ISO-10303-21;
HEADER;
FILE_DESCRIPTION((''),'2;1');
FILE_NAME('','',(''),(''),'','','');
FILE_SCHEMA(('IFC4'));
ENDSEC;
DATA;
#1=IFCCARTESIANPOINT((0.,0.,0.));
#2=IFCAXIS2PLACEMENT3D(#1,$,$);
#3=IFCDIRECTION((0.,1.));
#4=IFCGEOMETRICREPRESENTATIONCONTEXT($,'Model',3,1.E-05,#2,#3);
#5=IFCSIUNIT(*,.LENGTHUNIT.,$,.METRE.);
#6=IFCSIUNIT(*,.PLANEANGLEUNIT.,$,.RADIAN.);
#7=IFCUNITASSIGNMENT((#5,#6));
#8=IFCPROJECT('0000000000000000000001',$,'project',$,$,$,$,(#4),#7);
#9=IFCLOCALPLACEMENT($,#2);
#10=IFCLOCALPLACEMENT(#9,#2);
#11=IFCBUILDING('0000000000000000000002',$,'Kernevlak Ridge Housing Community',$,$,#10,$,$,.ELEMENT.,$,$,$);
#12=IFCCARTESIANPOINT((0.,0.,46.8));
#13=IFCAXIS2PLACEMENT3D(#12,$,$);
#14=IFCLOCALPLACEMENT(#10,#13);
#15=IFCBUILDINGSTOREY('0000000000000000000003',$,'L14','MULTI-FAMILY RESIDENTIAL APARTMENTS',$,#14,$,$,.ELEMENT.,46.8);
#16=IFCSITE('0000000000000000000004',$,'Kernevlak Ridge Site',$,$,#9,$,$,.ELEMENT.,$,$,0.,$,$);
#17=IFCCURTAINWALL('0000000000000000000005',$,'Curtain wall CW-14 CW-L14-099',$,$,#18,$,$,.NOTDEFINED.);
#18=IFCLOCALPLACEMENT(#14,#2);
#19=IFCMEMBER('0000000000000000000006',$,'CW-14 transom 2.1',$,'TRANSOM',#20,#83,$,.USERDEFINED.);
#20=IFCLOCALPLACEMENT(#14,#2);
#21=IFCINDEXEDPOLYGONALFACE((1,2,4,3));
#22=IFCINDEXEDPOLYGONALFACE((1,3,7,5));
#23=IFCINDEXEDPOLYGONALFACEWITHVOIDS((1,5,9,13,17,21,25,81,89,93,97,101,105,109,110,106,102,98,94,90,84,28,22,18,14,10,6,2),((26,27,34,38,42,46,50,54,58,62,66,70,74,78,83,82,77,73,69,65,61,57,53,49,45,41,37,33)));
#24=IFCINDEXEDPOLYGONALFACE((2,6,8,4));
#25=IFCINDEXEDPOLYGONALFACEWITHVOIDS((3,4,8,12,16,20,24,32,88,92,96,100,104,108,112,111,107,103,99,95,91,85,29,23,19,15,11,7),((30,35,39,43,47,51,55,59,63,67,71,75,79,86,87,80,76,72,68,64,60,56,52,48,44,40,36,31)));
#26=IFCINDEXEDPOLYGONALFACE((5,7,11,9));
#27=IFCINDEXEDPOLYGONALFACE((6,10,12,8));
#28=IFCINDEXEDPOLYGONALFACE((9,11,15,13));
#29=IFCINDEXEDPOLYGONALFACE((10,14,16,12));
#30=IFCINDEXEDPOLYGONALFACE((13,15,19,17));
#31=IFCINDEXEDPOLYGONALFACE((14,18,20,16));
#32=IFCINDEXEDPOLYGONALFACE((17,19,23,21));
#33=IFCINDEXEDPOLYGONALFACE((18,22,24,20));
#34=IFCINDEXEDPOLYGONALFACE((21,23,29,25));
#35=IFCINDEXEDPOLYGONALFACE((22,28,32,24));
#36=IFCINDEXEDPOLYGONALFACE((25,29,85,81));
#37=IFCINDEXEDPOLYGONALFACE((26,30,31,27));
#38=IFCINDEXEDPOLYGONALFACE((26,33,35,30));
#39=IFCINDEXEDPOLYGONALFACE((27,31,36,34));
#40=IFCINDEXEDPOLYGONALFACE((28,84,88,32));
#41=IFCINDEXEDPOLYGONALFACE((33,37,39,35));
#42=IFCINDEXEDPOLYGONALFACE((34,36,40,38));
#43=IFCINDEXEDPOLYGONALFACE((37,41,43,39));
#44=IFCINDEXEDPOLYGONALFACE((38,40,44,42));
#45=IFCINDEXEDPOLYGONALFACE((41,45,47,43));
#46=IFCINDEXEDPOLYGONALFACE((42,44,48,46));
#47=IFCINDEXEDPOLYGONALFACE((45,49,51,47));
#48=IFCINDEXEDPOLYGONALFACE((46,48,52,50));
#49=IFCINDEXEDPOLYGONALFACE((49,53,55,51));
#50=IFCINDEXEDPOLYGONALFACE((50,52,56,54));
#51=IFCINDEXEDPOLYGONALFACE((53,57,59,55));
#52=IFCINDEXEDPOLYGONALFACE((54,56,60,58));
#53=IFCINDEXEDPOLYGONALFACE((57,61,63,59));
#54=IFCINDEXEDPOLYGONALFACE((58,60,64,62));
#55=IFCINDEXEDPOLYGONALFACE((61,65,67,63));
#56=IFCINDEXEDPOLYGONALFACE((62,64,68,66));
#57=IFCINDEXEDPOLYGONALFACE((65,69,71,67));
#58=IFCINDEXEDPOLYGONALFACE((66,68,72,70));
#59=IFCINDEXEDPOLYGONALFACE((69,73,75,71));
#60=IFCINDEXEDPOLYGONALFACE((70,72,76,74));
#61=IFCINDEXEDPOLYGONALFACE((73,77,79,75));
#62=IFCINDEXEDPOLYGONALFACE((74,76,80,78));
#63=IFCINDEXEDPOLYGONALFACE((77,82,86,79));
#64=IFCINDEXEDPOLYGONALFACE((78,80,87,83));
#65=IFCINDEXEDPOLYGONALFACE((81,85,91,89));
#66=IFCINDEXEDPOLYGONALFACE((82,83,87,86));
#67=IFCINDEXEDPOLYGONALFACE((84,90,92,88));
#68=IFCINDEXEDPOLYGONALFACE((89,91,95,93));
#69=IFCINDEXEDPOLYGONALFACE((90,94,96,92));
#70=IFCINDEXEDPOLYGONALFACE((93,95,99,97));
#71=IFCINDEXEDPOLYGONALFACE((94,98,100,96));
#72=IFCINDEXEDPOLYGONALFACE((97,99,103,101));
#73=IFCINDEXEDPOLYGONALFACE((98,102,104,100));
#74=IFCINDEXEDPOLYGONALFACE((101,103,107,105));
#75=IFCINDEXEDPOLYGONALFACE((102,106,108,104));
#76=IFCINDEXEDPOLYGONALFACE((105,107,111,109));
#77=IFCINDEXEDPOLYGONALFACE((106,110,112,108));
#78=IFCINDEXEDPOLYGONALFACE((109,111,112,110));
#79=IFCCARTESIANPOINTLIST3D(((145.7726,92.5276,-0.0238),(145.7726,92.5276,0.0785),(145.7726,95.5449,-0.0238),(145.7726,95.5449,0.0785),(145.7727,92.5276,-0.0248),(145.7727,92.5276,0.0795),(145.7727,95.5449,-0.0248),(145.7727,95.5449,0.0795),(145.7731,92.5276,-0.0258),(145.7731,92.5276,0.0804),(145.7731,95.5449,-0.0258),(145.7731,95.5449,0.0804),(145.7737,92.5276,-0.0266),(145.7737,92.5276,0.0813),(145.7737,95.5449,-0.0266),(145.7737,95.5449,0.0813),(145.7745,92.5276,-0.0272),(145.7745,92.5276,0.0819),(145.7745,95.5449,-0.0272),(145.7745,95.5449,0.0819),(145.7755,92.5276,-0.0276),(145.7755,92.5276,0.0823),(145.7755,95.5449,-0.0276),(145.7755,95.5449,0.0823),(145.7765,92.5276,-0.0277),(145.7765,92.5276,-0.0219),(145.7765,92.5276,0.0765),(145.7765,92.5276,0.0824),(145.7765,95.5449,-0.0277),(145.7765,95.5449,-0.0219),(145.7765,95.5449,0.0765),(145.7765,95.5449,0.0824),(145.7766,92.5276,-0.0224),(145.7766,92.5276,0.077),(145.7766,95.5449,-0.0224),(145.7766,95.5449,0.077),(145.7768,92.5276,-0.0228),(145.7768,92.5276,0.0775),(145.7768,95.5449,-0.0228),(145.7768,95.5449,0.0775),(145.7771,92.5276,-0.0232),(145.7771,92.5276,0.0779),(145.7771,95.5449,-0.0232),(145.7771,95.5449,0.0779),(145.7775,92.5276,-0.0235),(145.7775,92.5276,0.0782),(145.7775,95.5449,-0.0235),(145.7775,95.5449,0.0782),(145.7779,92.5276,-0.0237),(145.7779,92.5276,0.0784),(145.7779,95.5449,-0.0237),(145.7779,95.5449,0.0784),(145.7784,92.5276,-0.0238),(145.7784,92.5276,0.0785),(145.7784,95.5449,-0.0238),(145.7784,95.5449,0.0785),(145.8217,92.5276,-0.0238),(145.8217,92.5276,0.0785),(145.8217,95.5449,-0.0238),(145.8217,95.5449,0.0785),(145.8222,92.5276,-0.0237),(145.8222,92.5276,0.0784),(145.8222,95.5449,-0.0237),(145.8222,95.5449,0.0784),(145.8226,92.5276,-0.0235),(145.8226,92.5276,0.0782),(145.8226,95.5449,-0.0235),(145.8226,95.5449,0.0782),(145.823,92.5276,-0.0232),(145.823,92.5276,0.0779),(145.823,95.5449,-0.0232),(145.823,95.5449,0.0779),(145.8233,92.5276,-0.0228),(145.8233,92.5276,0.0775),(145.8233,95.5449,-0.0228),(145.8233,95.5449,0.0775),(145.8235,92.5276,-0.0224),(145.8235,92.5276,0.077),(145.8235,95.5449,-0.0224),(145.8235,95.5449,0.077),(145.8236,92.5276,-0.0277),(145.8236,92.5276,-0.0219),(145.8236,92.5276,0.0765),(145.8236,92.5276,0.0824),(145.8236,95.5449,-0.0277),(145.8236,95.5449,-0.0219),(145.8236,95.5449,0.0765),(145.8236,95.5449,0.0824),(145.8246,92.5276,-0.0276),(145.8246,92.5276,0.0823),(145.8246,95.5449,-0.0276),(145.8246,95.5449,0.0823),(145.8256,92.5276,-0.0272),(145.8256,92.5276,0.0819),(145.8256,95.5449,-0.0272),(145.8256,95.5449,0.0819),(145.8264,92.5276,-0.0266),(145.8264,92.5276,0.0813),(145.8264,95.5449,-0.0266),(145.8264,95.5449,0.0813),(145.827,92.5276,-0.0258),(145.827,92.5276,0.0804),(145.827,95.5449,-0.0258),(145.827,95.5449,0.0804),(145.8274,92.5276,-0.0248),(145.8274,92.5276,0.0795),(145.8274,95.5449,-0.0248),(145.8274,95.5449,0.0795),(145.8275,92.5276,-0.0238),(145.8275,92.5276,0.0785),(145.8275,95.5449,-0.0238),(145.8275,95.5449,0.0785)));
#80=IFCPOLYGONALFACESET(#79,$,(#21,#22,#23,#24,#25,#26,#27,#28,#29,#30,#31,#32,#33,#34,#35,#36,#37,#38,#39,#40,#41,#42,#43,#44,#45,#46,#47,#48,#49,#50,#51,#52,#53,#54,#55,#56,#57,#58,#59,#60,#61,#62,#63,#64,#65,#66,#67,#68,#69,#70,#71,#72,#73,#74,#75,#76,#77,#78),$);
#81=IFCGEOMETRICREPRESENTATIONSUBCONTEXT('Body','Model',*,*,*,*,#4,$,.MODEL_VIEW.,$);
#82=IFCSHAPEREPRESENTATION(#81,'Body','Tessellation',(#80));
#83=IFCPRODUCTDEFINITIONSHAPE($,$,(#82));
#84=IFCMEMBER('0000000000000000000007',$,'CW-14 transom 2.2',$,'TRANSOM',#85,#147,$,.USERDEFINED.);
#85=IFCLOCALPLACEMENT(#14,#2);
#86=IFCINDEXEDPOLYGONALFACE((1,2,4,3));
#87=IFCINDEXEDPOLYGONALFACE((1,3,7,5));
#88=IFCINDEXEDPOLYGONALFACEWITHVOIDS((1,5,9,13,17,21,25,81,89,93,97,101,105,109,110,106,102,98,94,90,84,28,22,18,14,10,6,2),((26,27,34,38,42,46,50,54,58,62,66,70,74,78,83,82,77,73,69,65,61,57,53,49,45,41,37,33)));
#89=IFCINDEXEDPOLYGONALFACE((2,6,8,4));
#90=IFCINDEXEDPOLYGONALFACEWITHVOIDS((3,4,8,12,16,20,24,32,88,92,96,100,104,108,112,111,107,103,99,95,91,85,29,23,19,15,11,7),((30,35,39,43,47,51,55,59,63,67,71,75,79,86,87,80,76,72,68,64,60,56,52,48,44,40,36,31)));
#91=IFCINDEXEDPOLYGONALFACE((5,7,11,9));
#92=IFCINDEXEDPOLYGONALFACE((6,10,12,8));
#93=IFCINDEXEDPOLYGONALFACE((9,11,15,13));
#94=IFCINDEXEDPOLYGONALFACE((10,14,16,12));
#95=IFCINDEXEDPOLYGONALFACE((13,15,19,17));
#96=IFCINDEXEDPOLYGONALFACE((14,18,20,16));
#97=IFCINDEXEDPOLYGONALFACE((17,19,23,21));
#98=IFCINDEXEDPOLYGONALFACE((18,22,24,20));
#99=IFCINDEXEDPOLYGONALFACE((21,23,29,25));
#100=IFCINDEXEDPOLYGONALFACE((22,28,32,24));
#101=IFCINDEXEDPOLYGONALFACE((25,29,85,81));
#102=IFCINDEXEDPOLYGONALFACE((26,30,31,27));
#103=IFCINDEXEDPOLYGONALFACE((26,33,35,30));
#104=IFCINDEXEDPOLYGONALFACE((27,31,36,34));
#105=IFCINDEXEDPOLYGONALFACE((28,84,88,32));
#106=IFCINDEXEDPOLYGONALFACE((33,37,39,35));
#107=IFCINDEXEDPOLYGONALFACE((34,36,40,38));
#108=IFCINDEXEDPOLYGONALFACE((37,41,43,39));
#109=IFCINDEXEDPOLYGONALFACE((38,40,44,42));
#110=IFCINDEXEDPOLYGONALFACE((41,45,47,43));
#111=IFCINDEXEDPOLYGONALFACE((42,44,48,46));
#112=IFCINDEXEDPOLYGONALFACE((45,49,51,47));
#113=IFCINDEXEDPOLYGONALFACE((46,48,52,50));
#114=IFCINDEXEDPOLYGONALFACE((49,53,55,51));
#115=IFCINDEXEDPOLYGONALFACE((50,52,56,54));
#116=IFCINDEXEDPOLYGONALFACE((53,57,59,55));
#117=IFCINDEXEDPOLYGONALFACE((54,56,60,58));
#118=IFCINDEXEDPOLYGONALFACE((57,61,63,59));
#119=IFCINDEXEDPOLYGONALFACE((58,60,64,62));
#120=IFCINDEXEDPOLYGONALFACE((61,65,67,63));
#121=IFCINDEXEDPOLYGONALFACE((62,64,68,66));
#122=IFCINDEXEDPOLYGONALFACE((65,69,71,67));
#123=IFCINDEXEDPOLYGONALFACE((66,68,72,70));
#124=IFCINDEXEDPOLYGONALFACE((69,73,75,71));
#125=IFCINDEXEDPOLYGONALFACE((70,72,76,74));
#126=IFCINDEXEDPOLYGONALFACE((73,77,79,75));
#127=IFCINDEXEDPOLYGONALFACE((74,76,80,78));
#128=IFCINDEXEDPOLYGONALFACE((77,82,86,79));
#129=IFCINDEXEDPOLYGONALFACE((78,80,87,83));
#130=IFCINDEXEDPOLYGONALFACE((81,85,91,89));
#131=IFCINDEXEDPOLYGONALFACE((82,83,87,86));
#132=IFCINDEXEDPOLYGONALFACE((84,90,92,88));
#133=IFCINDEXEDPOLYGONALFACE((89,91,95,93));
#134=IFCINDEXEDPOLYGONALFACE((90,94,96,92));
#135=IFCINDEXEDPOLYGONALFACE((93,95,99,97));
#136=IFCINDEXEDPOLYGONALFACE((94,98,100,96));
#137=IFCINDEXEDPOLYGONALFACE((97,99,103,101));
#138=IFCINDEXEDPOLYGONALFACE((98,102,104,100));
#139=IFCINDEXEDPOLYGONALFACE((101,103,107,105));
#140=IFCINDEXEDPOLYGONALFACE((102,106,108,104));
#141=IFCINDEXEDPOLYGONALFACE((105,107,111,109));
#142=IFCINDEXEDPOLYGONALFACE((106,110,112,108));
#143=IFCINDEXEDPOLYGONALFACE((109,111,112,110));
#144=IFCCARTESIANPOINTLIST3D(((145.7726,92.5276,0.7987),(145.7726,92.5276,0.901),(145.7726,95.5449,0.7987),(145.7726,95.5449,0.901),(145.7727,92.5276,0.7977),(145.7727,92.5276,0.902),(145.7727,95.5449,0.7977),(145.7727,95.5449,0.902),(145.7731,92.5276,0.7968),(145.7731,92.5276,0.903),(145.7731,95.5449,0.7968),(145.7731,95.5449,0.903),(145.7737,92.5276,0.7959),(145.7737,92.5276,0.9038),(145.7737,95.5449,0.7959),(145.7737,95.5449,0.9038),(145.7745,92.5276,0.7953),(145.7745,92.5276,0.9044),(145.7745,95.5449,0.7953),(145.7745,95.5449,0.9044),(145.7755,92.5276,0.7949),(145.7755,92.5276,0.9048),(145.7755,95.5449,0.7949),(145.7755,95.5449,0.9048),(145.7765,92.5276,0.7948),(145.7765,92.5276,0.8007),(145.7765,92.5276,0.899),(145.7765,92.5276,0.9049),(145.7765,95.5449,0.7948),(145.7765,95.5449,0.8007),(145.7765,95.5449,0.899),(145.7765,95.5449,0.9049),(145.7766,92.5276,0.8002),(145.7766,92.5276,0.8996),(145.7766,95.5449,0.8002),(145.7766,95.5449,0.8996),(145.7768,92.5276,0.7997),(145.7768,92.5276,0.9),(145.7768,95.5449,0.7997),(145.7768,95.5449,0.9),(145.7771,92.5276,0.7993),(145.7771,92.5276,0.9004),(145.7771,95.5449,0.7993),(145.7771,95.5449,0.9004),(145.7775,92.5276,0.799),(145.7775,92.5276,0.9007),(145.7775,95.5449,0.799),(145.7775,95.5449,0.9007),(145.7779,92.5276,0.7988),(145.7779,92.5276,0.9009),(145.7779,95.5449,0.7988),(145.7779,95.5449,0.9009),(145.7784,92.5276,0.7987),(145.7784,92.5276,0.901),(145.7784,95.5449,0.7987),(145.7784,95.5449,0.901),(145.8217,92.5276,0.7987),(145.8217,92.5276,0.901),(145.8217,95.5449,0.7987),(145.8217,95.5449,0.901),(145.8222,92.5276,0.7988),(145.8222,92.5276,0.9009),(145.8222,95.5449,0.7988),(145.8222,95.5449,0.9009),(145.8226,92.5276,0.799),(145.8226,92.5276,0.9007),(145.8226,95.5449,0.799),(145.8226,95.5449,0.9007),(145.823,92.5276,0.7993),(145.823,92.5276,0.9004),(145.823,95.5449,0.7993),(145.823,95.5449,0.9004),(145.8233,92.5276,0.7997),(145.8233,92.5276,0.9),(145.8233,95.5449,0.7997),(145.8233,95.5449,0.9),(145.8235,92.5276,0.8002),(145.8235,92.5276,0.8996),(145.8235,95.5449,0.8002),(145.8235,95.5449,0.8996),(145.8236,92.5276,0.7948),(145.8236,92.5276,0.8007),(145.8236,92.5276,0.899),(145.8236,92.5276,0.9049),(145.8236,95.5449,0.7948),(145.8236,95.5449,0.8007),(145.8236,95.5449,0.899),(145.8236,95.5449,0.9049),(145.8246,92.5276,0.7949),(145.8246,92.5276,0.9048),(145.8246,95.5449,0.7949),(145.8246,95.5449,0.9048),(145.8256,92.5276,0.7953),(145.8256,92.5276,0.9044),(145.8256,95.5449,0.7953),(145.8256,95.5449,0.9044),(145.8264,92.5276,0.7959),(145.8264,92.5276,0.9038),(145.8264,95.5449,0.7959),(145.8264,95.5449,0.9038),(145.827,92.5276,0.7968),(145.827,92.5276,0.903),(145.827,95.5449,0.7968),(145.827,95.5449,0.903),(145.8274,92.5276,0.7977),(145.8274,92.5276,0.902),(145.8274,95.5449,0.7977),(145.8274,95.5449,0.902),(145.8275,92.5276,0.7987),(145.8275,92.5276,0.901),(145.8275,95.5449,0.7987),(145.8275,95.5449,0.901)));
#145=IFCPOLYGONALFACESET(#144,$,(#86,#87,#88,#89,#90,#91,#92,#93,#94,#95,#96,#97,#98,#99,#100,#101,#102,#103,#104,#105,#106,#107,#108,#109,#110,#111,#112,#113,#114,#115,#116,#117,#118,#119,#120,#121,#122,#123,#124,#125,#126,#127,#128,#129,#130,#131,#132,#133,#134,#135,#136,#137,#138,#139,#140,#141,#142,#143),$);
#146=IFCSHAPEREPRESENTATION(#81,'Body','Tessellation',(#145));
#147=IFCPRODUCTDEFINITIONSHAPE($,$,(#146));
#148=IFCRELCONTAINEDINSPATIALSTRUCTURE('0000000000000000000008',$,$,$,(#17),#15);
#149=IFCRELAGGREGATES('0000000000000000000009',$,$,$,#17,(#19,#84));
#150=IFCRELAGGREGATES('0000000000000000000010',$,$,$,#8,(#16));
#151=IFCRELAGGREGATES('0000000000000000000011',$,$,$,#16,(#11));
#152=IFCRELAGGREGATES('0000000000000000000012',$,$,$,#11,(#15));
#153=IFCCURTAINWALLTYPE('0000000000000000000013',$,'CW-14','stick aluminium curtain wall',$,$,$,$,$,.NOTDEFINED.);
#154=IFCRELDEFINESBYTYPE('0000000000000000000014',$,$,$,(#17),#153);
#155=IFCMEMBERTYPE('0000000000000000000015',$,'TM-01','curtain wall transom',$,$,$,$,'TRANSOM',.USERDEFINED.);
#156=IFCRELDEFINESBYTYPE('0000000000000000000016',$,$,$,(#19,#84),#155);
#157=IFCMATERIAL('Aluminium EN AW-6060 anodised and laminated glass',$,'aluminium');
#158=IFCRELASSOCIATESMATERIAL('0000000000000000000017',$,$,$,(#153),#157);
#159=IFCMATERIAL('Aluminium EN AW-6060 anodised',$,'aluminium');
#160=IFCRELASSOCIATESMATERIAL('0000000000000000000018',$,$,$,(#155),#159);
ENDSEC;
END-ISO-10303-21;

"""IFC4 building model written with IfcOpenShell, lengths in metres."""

from ifc_helpers import new_model, si_unit, direction, frame, origin, origin_2d, place, context, subcontext, project, spatial, hollow_rectangle, extrude, material, material_profile, profile_set, type_object, element, aggregate, save


model = new_model("IFC4")

# Units and contexts
model_context = context("Model", 3, precision=1e-05, world=origin(), true_north=direction((0.0, 1.0)))
body_context = subcontext(model_context, "Body", "Model", "MODEL_VIEW")
ifc_project = project(units=[si_unit("LENGTHUNIT", "METRE"), si_unit("PLANEANGLEUNIT", "RADIAN")], contexts=[model_context])

# Site, building, storey
site_placement = place(None, origin())
site = spatial("IfcSite", under=ifc_project, at=site_placement, Name="Kernevlak Ridge Site", CompositionType="ELEMENT", RefElevation=0.0)
building_placement = place(site_placement, origin())
building = spatial("IfcBuilding", under=site, at=building_placement, Name="Kernevlak Ridge Housing Community", CompositionType="ELEMENT")
storey_placement = place(building_placement, frame((0.0, 0.0, 46.8)))
storey = spatial("IfcBuildingStorey", under=building, at=storey_placement, Name="L14", Description="MULTI-FAMILY RESIDENTIAL APARTMENTS", CompositionType="ELEMENT", Elevation=46.8)

# Curtain wall
ifc_material_1 = material(Name="Aluminium EN AW-6060 anodised and laminated glass", Category="aluminium")
curtain_wall_type = type_object("IfcCurtainWallType", Name="CW-14", Description="stick aluminium curtain wall", PredefinedType="NOTDEFINED", material=ifc_material_1)
curtain_wall_placement = place(storey_placement, origin())
curtain_wall = element("IfcCurtainWall", 1, at=curtain_wall_placement, inside=storey, type_object=curtain_wall_type, Name="Curtain wall CW-14 CW-L14-099", PredefinedType="NOTDEFINED")
ifc_material_2 = material(Name="Aluminium EN AW-6060 anodised", Category="aluminium")

# Members
ifc_material_profile_1 = material_profile(ifc_material_2, hollow_rectangle(XDim=0.0549, YDim=0.1101, WallThickness=0.0039, InnerFilletRadius=0.002, OuterFilletRadius=0.0039, at=origin_2d()), Name="ALU 55x110x4")
ifc_profile_set_1 = profile_set([ifc_material_profile_1], Name="Aluminium EN AW-6060 anodised")
member_type_1 = type_object("IfcMemberType", Name="TM-01", Description="curtain wall transom", ElementType="TRANSOM", PredefinedType="USERDEFINED", material=ifc_profile_set_1)
member_1_placement = place(storey_placement, frame((145.8, 92.5276, 0.0273), z_axis=(0.0, 1.0, 0.0), x_axis=(-1.0, 0.0, 0.0)))
member_1 = element("IfcMember", 2, at=member_1_placement, type_object=member_type_1, Name="CW-14 transom 2.1", ObjectType="TRANSOM", PredefinedType="USERDEFINED", context=body_context, shape_type="SweptSolid", body=[
    extrude(hollow_rectangle(XDim=0.0549, YDim=0.1101, WallThickness=0.0039, InnerFilletRadius=0.002, OuterFilletRadius=0.0039, at=origin_2d()), origin(), (0.0, 0.0, 1.0), 3.0173),
])
member_2_placement = place(storey_placement, frame((145.8, 92.5276, 0.8499), z_axis=(0.0, 1.0, 0.0), x_axis=(-1.0, 0.0, 0.0)))
member_2 = element("IfcMember", 3, at=member_2_placement, type_object=member_type_1, Name="CW-14 transom 2.2", ObjectType="TRANSOM", PredefinedType="USERDEFINED", context=body_context, shape_type="SweptSolid", body=[
    extrude(hollow_rectangle(XDim=0.0549, YDim=0.1101, WallThickness=0.0039, InnerFilletRadius=0.002, OuterFilletRadius=0.0039, at=origin_2d()), origin(), (0.0, 0.0, 1.0), 3.0173),
])

aggregate(curtain_wall, [member_1, member_2])

save(model, "model.ifc")
